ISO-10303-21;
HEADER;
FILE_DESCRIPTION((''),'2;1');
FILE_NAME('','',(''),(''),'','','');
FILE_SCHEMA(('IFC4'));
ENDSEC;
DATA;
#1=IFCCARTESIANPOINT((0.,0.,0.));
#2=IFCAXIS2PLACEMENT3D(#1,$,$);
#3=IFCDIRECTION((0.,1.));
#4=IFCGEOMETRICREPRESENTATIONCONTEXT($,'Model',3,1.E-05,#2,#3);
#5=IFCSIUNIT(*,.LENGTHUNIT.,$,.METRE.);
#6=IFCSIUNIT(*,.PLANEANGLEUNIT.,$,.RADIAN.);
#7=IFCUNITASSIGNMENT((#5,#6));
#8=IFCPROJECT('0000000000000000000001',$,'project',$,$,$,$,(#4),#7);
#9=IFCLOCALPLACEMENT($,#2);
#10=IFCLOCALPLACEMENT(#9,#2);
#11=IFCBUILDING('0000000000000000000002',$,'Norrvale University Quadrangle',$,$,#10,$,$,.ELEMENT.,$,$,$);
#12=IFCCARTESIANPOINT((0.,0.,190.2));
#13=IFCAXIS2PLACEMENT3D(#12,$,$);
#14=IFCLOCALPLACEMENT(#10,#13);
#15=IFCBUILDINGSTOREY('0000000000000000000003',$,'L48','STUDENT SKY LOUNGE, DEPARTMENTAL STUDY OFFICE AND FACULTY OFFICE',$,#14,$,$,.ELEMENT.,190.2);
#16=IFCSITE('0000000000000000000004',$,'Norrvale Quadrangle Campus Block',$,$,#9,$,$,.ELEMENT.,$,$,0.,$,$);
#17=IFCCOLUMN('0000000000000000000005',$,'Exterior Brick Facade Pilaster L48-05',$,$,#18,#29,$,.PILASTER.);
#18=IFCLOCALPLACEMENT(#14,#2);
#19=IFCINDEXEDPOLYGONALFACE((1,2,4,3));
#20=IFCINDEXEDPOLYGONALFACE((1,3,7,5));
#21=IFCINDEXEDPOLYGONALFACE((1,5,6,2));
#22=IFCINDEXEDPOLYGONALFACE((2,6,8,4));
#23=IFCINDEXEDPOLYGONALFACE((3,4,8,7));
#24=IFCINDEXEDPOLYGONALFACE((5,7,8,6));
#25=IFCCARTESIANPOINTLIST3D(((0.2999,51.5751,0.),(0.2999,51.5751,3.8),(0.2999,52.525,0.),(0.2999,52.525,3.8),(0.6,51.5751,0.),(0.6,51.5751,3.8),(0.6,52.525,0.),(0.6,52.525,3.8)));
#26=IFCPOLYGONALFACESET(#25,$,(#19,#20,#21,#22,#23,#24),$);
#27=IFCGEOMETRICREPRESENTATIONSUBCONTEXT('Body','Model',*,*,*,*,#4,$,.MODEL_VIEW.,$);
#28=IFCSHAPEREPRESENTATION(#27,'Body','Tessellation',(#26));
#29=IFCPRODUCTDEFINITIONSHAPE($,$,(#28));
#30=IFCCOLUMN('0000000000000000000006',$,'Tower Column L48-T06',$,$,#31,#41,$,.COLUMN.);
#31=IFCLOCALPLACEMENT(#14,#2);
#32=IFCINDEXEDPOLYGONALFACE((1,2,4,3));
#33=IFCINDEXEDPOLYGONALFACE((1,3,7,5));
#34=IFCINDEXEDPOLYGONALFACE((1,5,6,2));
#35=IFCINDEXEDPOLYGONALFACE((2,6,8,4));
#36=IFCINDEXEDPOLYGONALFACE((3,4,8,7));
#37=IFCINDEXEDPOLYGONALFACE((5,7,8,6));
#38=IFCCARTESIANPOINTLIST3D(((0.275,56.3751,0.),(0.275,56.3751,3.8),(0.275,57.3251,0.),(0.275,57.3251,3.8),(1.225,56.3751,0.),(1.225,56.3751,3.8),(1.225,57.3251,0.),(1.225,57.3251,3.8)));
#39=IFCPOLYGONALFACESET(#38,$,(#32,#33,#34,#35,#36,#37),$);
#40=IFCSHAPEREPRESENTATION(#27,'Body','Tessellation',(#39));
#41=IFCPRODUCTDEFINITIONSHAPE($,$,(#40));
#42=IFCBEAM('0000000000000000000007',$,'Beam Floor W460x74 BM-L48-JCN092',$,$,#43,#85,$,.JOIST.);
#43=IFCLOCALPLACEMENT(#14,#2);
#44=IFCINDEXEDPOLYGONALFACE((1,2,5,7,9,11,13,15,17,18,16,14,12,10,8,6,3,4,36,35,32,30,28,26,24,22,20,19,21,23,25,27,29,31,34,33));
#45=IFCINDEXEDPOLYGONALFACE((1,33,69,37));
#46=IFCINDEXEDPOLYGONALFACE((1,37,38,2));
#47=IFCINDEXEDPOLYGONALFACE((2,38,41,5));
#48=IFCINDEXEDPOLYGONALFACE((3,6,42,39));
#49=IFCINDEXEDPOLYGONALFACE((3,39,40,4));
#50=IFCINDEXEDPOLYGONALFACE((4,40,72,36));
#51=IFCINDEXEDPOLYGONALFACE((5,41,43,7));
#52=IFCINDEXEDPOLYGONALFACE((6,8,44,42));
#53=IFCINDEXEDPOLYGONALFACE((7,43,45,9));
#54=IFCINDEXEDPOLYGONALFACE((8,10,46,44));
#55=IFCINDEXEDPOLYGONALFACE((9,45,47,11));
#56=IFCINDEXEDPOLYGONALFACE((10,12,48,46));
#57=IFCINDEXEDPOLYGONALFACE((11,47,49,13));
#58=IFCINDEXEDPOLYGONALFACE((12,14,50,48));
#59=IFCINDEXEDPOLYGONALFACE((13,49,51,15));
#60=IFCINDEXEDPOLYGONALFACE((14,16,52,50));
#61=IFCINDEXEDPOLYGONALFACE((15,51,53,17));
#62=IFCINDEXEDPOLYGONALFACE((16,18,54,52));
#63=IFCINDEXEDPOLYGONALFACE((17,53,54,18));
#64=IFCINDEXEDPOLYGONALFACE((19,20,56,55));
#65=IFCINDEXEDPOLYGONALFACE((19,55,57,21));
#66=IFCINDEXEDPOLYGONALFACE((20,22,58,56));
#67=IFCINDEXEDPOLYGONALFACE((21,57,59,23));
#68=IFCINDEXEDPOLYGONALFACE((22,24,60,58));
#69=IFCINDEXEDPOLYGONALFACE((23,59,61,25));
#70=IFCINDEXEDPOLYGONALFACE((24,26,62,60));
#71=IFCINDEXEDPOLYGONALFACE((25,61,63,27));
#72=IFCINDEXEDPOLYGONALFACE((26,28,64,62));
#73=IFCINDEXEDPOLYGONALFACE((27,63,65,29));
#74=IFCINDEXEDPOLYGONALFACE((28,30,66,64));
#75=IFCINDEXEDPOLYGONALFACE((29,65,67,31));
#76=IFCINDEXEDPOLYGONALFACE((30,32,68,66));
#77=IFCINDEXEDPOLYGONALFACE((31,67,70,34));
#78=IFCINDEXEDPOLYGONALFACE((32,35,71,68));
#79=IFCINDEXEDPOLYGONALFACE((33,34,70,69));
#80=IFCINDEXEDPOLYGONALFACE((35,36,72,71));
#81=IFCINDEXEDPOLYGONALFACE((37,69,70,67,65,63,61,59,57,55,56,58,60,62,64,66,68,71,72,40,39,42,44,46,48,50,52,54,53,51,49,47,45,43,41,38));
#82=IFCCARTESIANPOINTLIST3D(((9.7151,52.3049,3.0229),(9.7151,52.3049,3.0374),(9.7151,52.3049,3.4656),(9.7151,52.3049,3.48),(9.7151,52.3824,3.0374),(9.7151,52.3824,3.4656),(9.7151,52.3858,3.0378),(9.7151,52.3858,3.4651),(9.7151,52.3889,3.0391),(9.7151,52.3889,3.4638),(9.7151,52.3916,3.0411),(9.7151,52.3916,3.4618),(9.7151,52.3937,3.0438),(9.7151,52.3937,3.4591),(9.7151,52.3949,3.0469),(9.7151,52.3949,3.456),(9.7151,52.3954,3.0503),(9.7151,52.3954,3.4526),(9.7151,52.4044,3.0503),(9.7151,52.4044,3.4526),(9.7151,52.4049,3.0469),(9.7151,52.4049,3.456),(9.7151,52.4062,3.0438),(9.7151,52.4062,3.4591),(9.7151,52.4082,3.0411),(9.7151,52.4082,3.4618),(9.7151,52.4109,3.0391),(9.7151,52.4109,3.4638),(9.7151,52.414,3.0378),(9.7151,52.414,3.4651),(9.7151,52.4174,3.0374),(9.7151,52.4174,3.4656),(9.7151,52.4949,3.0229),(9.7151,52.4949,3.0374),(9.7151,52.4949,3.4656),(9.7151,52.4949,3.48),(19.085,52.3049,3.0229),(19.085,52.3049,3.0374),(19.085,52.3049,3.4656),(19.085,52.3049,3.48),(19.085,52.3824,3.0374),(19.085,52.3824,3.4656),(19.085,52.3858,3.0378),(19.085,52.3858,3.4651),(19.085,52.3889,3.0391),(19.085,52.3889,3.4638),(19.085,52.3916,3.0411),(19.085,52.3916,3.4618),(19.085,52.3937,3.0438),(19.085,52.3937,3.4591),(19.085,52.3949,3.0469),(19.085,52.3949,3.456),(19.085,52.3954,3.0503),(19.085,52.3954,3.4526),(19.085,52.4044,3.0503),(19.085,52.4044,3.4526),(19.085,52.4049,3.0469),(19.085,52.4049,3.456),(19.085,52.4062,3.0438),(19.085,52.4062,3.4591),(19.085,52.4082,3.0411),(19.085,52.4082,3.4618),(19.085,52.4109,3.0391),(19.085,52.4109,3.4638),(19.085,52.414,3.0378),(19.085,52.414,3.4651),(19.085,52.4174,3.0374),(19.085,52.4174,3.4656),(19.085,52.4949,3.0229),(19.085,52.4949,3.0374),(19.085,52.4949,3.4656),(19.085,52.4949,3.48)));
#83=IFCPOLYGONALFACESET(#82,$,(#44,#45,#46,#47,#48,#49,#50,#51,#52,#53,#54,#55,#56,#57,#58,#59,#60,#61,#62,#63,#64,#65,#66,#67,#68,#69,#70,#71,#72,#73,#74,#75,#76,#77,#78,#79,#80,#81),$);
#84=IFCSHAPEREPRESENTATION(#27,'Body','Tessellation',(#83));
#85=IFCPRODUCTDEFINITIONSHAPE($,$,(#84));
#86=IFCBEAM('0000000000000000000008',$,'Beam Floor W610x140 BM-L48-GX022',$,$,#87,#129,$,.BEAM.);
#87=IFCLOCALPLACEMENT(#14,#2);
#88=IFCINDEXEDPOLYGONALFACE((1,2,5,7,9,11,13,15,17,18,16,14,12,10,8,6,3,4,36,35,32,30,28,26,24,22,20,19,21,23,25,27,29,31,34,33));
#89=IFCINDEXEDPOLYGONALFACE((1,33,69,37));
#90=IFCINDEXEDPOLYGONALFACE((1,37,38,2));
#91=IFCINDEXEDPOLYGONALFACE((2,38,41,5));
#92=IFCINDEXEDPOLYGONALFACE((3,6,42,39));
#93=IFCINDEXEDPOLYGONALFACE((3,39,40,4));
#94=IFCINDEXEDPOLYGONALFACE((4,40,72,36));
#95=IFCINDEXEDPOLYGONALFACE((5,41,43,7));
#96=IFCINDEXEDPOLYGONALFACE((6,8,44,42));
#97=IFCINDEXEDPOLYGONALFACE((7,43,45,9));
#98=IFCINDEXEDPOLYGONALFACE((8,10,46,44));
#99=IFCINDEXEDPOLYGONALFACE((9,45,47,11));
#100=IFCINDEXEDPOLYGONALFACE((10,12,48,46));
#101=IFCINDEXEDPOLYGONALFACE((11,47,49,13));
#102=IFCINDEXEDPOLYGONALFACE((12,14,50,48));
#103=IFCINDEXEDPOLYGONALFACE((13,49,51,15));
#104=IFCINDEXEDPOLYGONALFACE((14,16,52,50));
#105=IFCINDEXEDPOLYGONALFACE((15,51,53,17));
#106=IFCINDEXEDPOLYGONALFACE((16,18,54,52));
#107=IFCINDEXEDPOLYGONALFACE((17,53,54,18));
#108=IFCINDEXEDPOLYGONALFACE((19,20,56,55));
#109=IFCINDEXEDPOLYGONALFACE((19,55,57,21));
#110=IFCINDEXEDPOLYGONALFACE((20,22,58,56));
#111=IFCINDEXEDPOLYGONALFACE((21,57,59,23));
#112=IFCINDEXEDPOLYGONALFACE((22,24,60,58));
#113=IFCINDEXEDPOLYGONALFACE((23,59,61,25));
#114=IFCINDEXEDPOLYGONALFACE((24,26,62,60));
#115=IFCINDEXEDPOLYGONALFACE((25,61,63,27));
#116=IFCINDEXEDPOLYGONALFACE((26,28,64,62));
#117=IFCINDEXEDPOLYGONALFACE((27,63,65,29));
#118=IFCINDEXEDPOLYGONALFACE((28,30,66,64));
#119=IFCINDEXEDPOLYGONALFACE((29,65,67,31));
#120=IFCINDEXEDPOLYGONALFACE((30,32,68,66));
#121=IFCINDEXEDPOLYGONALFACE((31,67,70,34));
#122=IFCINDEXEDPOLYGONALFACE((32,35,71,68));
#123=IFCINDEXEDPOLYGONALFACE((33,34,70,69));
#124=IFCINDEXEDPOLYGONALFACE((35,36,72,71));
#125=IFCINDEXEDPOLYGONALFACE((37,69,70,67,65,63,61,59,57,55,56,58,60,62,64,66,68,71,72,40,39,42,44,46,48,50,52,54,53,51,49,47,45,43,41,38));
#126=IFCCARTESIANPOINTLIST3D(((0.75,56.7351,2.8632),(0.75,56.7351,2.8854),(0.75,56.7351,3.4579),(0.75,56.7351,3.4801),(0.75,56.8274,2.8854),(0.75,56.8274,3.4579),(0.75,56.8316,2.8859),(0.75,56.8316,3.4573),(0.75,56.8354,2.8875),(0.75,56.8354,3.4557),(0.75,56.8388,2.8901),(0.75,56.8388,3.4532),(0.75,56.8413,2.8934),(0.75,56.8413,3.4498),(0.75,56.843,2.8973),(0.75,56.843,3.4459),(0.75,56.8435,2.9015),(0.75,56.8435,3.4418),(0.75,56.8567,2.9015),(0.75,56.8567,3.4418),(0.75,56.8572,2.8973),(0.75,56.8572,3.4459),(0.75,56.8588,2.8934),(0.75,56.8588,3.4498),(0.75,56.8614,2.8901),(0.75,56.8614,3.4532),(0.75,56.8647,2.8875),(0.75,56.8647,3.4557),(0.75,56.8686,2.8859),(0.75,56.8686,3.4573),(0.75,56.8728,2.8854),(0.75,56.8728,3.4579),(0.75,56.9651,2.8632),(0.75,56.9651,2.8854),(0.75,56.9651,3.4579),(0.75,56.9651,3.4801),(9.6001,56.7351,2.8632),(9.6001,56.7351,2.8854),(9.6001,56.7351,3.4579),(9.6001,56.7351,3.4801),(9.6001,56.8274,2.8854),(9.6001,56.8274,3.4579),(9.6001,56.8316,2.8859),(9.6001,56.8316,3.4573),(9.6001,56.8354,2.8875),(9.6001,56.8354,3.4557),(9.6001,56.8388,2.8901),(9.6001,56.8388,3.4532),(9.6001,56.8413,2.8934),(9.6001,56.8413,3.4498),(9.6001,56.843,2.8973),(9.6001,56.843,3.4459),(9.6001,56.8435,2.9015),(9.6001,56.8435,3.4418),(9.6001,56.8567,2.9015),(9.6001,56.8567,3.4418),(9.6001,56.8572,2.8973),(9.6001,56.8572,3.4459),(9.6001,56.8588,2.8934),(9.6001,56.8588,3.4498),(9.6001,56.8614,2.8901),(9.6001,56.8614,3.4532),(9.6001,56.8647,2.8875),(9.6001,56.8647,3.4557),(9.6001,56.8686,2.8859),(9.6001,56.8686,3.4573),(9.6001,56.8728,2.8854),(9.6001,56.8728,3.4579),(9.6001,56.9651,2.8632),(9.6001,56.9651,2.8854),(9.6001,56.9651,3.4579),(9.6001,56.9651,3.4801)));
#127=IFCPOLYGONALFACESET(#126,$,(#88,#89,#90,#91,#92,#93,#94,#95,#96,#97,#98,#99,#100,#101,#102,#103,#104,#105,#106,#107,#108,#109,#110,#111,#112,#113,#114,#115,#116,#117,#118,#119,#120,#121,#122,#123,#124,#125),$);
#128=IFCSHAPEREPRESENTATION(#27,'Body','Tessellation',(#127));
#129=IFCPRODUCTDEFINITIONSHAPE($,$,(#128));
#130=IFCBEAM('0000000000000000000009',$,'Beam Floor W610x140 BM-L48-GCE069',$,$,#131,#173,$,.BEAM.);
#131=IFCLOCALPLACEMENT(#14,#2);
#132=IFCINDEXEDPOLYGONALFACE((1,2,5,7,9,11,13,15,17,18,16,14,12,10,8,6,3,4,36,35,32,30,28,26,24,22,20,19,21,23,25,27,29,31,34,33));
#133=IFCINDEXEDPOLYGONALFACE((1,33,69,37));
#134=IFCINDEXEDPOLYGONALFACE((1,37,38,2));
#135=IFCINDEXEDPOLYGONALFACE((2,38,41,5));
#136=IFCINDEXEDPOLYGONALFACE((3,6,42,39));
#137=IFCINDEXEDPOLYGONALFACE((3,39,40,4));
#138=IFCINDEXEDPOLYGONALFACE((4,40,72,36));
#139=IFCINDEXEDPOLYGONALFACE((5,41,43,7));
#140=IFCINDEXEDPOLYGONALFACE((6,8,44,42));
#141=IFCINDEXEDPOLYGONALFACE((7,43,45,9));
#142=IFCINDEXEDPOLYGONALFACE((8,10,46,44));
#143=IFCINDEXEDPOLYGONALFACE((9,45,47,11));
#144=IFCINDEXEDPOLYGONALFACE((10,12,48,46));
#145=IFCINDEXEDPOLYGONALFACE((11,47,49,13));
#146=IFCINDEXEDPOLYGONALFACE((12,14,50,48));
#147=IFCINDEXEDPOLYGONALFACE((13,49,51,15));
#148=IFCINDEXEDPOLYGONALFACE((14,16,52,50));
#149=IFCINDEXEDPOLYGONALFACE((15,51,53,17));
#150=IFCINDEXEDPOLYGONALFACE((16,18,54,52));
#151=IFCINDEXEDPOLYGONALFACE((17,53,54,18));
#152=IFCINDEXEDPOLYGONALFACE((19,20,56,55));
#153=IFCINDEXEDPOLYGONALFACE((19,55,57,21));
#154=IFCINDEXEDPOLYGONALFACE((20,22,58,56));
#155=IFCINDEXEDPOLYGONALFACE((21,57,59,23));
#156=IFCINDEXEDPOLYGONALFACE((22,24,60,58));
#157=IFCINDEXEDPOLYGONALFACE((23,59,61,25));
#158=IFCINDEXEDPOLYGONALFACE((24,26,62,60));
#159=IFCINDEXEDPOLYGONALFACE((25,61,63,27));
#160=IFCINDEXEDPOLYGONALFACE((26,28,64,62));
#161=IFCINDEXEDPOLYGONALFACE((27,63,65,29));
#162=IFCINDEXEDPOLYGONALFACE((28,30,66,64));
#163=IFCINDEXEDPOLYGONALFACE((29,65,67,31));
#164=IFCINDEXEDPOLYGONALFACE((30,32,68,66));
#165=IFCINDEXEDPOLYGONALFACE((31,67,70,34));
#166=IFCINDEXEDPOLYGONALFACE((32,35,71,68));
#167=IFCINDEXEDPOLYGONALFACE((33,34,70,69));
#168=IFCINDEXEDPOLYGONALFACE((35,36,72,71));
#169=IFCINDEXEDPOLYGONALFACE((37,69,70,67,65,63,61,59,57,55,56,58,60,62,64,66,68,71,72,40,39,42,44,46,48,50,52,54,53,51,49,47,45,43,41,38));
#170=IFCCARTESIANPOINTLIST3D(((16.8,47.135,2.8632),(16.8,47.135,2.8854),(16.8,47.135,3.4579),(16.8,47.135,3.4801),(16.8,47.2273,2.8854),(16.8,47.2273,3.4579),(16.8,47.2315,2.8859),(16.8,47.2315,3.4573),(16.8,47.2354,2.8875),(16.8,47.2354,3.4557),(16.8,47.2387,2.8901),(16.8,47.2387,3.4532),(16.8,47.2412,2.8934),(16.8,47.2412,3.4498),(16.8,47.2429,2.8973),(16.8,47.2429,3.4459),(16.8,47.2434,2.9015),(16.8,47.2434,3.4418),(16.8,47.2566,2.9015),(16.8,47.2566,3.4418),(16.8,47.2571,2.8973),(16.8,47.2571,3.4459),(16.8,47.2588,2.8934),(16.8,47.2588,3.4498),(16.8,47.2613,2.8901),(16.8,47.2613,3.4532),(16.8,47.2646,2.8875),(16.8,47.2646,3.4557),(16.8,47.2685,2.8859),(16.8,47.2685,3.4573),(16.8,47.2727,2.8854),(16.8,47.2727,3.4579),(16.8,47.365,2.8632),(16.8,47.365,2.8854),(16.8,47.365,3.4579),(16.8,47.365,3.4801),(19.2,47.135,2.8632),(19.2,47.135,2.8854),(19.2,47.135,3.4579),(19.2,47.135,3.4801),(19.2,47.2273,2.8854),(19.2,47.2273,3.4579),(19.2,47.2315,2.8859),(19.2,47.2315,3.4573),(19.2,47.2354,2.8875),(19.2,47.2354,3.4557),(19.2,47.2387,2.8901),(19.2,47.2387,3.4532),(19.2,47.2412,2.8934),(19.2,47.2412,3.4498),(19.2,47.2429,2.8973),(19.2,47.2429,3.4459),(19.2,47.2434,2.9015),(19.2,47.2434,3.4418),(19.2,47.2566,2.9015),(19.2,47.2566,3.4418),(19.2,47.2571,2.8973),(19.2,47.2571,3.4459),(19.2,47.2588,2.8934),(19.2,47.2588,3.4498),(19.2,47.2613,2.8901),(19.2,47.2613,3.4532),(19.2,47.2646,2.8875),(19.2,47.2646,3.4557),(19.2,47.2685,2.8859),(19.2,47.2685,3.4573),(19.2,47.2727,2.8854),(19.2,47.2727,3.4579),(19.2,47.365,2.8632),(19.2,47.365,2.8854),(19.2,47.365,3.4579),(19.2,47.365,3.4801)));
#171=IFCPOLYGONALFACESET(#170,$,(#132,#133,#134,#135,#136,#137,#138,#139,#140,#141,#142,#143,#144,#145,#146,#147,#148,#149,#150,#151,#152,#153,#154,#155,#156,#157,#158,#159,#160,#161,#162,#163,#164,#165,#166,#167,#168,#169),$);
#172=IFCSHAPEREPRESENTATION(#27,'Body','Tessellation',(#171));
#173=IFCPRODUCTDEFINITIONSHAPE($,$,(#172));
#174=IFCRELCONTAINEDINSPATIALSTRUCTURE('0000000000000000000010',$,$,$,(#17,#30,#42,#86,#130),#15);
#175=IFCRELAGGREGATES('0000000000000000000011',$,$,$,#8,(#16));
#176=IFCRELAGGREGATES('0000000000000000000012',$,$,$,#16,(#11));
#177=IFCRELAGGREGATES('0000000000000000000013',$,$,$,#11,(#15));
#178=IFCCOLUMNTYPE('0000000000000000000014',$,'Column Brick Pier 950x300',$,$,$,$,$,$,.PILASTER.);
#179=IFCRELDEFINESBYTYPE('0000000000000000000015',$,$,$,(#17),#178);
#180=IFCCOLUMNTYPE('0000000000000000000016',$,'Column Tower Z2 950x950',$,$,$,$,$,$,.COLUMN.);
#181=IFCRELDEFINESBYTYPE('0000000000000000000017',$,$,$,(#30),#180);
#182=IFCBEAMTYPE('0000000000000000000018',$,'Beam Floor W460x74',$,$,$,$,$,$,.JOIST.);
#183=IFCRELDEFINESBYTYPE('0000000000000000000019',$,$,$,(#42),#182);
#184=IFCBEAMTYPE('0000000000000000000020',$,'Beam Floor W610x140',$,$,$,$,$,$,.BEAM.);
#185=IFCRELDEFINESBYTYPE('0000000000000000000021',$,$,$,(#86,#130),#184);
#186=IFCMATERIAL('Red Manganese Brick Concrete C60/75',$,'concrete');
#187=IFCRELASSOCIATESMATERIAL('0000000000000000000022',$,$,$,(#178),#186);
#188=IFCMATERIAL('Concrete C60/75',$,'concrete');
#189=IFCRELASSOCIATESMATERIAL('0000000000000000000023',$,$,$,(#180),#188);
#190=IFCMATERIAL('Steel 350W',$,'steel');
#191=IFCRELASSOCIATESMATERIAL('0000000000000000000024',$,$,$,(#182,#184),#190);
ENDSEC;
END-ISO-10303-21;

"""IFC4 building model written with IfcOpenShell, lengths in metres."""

from ifc_helpers import new_model, si_unit, direction, frame, origin, origin_2d, place, context, subcontext, project, spatial, rectangle, i_section, extrude, material, material_profile, profile_set, type_object, element, save


model = new_model("IFC4")

# Units and contexts
model_context = context("Model", 3, precision=1e-05, world=origin(), true_north=direction((0.0, 1.0)))
body_context = subcontext(model_context, "Body", "Model", "MODEL_VIEW")
ifc_project = project(units=[si_unit("LENGTHUNIT", "METRE"), si_unit("PLANEANGLEUNIT", "RADIAN")], contexts=[model_context])

# Site, building, storey
site_placement = place(None, origin())
site = spatial("IfcSite", under=ifc_project, at=site_placement, Name="Norrvale Quadrangle Campus Block", CompositionType="ELEMENT", RefElevation=0.0)
building_placement = place(site_placement, origin())
building = spatial("IfcBuilding", under=site, at=building_placement, Name="Norrvale University Quadrangle", CompositionType="ELEMENT")
storey_placement = place(building_placement, frame((0.0, 0.0, 190.2)))
storey = spatial("IfcBuildingStorey", under=building, at=storey_placement, Name="L48", Description="STUDENT SKY LOUNGE, DEPARTMENTAL STUDY OFFICE AND FACULTY OFFICE", CompositionType="ELEMENT", Elevation=190.2)

# Columns
ifc_material_1 = material(Name="Red Manganese Brick Concrete C60/75", Category="concrete")
ifc_material_profile_1 = material_profile(ifc_material_1, rectangle(XDim=0.95, YDim=0.3, at=origin_2d()), Name="Red Manganese Brick Concrete C60/75")
ifc_profile_set_1 = profile_set([ifc_material_profile_1], Name="Red Manganese Brick Concrete C60/75")
column_type_1 = type_object("IfcColumnType", Name="Column Brick Pier 950x300", PredefinedType="PILASTER", material=ifc_profile_set_1)
column_1_placement = place(storey_placement, frame((0.45, 52.05, 0.0), z_axis=(0.0, 0.0, 1.0), x_axis=(0.0, 1.0, 0.0)))
element("IfcColumn", 1, at=column_1_placement, inside=storey, type_object=column_type_1, Name="Exterior Brick Facade Pilaster L48-05", PredefinedType="PILASTER", context=body_context, shape_type="SweptSolid", body=[
    extrude(rectangle(XDim=0.95, YDim=0.3, at=origin_2d()), origin(), (0.0, 0.0, 1.0), 3.8),
])
ifc_material_2 = material(Name="Concrete C60/75", Category="concrete")
ifc_material_profile_2 = material_profile(ifc_material_2, rectangle(XDim=0.95, YDim=0.95, at=origin_2d()), Name="Concrete C60/75")
ifc_profile_set_2 = profile_set([ifc_material_profile_2], Name="Concrete C60/75")
column_type_2 = type_object("IfcColumnType", Name="Column Tower Z2 950x950", PredefinedType="COLUMN", material=ifc_profile_set_2)
column_2_placement = place(storey_placement, frame((0.75, 56.8501, 0.0), z_axis=(0.0, 0.0, 1.0), x_axis=(1.0, 0.0, 0.0)))
element("IfcColumn", 2, at=column_2_placement, inside=storey, type_object=column_type_2, Name="Tower Column L48-T06", PredefinedType="COLUMN", context=body_context, shape_type="SweptSolid", body=[
    extrude(rectangle(XDim=0.95, YDim=0.95, at=origin_2d()), origin(), (0.0, 0.0, 1.0), 3.8),
])

# Beams
ifc_material_3 = material(Name="Steel 350W", Category="steel")
ifc_material_profile_3 = material_profile(ifc_material_3, i_section(OverallWidth=0.1899, OverallDepth=0.457, WebThickness=0.009, FlangeThickness=0.0144, FilletRadius=0.0129, at=origin_2d()), Name="Steel 350W")
ifc_profile_set_3 = profile_set([ifc_material_profile_3], Name="Steel 350W")
beam_type_1 = type_object("IfcBeamType", Name="Beam Floor W460x74", PredefinedType="JOIST", material=ifc_profile_set_3)
beam_1_placement = place(storey_placement, frame((9.7151, 52.3999, 3.2515), z_axis=(1.0, 0.0, 0.0), x_axis=(0.0, 1.0, 0.0)))
element("IfcBeam", 3, at=beam_1_placement, inside=storey, type_object=beam_type_1, Name="Beam Floor W460x74 BM-L48-JCN092", PredefinedType="JOIST", context=body_context, shape_type="SweptSolid", body=[
    extrude(i_section(OverallWidth=0.1899, OverallDepth=0.457, WebThickness=0.009, FlangeThickness=0.0144, FilletRadius=0.0129, at=origin_2d()), origin(), (0.0, 0.0, 1.0), 9.3699),
])
ifc_material_profile_4 = material_profile(ifc_material_3, i_section(OverallWidth=0.23, OverallDepth=0.6169, WebThickness=0.0132, FlangeThickness=0.0222, FilletRadius=0.0161, at=origin_2d()), Name="Steel 350W")
ifc_profile_set_4 = profile_set([ifc_material_profile_4], Name="Steel 350W")
beam_type_2 = type_object("IfcBeamType", Name="Beam Floor W610x140", PredefinedType="BEAM", material=ifc_profile_set_4)
beam_2_placement = place(storey_placement, frame((0.75, 56.8501, 3.1716), z_axis=(1.0, 0.0, 0.0), x_axis=(0.0, 1.0, 0.0)))
element("IfcBeam", 4, at=beam_2_placement, inside=storey, type_object=beam_type_2, Name="Beam Floor W610x140 BM-L48-GX022", PredefinedType="BEAM", context=body_context, shape_type="SweptSolid", body=[
    extrude(i_section(OverallWidth=0.23, OverallDepth=0.6169, WebThickness=0.0132, FlangeThickness=0.0222, FilletRadius=0.0161, at=origin_2d()), origin(), (0.0, 0.0, 1.0), 8.8501),
])
beam_3_placement = place(storey_placement, frame((16.8, 47.25, 3.1716), z_axis=(1.0, 0.0, 0.0), x_axis=(0.0, 1.0, 0.0)))
element("IfcBeam", 5, at=beam_3_placement, inside=storey, type_object=beam_type_2, Name="Beam Floor W610x140 BM-L48-GCE069", PredefinedType="BEAM", context=body_context, shape_type="SweptSolid", body=[
    extrude(i_section(OverallWidth=0.23, OverallDepth=0.6169, WebThickness=0.0132, FlangeThickness=0.0222, FilletRadius=0.0161, at=origin_2d()), origin(), (0.0, 0.0, 1.0), 2.3999),
])

save(model, "model.ifc")
